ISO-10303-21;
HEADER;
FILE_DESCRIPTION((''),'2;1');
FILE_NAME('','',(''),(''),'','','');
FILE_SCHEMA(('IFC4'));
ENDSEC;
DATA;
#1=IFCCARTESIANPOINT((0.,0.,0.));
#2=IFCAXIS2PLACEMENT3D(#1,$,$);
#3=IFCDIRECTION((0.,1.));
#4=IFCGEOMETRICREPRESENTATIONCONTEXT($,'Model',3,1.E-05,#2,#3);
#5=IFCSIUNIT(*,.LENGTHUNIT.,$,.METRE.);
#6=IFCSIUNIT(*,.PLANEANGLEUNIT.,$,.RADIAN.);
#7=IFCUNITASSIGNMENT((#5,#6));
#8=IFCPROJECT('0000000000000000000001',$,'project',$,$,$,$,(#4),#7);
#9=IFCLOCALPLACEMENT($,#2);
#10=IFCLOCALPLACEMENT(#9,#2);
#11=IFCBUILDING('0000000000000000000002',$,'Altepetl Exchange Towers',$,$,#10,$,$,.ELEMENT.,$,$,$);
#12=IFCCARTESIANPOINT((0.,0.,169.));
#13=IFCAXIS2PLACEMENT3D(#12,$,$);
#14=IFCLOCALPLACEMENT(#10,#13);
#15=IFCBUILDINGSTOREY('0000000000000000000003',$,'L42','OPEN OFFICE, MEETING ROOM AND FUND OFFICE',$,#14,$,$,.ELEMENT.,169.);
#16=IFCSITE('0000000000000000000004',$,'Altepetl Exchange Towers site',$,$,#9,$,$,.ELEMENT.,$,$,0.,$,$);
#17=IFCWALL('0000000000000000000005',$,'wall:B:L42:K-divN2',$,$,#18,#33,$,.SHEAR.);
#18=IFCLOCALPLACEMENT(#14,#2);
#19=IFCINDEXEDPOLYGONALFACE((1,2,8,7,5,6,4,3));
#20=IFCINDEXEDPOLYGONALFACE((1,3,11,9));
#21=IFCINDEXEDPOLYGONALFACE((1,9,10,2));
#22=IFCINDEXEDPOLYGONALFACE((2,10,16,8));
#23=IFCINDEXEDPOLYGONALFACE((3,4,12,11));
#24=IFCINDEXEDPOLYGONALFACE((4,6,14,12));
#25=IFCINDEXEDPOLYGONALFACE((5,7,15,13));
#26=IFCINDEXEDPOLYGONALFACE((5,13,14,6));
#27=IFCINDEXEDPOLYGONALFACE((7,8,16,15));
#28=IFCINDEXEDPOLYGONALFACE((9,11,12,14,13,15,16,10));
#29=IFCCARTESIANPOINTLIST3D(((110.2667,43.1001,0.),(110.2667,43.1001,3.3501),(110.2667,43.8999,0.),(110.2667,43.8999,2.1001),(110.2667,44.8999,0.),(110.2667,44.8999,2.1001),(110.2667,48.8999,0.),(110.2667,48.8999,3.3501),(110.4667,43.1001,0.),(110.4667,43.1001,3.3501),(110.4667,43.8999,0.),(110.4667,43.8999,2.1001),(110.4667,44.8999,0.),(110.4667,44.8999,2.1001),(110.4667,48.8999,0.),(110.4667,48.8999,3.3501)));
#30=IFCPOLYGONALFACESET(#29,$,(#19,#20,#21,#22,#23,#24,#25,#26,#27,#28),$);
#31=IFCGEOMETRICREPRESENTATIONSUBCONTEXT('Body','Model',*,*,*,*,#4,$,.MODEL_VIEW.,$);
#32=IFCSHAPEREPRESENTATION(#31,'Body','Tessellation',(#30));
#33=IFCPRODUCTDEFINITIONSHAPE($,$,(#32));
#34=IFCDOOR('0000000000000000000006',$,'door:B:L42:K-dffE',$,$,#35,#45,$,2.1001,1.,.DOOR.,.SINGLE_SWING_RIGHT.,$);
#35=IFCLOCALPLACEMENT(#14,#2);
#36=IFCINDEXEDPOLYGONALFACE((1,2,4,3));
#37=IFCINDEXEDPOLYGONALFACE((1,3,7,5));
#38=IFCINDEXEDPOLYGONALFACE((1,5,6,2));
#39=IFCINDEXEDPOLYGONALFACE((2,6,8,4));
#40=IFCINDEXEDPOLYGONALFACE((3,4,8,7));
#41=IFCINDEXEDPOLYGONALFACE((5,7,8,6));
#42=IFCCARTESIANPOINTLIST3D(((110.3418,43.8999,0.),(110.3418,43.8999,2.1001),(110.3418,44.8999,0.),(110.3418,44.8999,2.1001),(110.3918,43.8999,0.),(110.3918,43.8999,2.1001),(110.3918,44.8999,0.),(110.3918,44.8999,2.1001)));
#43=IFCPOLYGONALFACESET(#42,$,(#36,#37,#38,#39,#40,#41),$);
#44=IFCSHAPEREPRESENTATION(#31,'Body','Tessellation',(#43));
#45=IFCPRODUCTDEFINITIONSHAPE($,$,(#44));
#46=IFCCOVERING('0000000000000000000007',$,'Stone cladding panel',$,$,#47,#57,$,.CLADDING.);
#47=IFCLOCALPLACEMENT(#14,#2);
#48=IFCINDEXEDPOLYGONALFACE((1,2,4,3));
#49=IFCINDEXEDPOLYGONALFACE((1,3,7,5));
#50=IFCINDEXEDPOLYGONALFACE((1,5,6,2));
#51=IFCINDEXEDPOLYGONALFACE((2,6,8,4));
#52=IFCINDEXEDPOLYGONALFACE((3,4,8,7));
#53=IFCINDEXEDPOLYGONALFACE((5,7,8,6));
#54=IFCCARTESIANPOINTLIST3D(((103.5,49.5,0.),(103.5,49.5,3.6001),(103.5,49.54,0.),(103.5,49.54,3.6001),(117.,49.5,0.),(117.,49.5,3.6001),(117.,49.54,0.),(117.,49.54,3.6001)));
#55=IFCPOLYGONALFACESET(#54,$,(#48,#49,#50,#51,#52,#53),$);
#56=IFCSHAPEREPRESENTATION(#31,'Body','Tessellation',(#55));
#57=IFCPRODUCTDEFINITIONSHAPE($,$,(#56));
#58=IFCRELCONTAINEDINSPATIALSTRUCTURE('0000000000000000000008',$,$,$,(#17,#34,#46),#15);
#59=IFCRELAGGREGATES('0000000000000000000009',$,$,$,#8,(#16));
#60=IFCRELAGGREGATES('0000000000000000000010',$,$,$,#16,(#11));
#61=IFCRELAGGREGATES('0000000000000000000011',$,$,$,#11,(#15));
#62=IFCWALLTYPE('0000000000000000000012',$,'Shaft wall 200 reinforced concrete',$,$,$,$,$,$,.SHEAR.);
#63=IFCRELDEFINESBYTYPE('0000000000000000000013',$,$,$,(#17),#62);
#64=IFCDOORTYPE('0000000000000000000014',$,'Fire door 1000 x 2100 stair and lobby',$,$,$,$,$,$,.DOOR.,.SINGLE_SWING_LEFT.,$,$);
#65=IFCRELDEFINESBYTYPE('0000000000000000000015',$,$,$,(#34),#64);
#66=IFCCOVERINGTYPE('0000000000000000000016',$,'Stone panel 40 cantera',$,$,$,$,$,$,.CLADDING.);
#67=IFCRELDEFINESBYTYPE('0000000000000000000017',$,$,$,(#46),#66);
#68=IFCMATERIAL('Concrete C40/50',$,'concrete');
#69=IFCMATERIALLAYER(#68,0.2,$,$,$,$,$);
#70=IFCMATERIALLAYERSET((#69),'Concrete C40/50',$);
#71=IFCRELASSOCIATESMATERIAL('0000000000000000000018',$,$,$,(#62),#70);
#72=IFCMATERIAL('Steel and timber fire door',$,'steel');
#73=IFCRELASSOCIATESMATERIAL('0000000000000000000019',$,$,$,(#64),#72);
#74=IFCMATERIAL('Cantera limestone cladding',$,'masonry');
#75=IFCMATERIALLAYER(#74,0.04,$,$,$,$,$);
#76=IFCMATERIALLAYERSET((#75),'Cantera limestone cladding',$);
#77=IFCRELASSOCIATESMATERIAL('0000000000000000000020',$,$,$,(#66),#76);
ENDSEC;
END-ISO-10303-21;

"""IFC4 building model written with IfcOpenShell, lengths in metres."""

from ifc_helpers import new_model, si_unit, direction, frame, frame_2d, origin, origin_2d, place, context, subcontext, project, spatial, rectangle, extrude, material, layer, layer_set, type_object, element, fill, save


model = new_model("IFC4")

# Units and contexts
model_context = context("Model", 3, precision=1e-05, world=origin(), true_north=direction((0.0, 1.0)))
body_context = subcontext(model_context, "Body", "Model", "MODEL_VIEW")
ifc_project = project(units=[si_unit("LENGTHUNIT", "METRE"), si_unit("PLANEANGLEUNIT", "RADIAN")], contexts=[model_context])

# Site, building, storey
site_placement = place(None, origin())
site = spatial("IfcSite", under=ifc_project, at=site_placement, Name="Altepetl Exchange Towers site", CompositionType="ELEMENT", RefElevation=0.0)
building_placement = place(site_placement, origin())
building = spatial("IfcBuilding", under=site, at=building_placement, Name="Altepetl Exchange Towers", CompositionType="ELEMENT")
storey_placement = place(building_placement, frame((0.0, 0.0, 169.0)))
storey = spatial("IfcBuildingStorey", under=building, at=storey_placement, Name="L42", Description="OPEN OFFICE, MEETING ROOM AND FUND OFFICE", CompositionType="ELEMENT", Elevation=169.0)

# Shared definitions
ifc_material_1 = material(Name="Concrete C40/50", Category="concrete")
ifc_layer_1 = layer(ifc_material_1, 0.2)
ifc_layer_set_1 = layer_set([ifc_layer_1], Name="Concrete C40/50")
wall_type_1 = type_object("IfcWallType", Name="Shaft wall 200 reinforced concrete", PredefinedType="SHEAR", material=ifc_layer_set_1)

# Wall, opening, door
wall_1_placement = place(storey_placement, frame((110.3667, 48.8999, 0.0), z_axis=(0.0, 0.0, 1.0), x_axis=(0.0, -1.0, 0.0)))
wall_1 = element("IfcWall", 1, at=wall_1_placement, inside=storey, type_object=wall_type_1, Name="wall:B:L42:K-divN2", PredefinedType="SHEAR", context=body_context, shape_type="SweptSolid", body=[
    extrude(rectangle(XDim=5.7998, YDim=0.2, at=frame_2d((2.8999, 0.0))), origin(), (0.0, 0.0, 1.0), 3.3501),
])
opening_placement = place(wall_1_placement, frame((4.0, 0.0, 0.0)))
opening = element("IfcOpeningElement", 2, at=opening_placement, cuts=wall_1, PredefinedType="OPENING", context=body_context, shape_type="SweptSolid", body=[
    extrude(rectangle(XDim=1.0, YDim=2.1001, at=frame_2d((0.5, 1.05))), frame((0.0, 0.1099, 0.0), z_axis=(0.0, -1.0, 0.0), x_axis=(1.0, 0.0, 0.0)), (0.0, 0.0, 1.0), 0.22),
])
ifc_material_2 = material(Name="Steel and timber fire door", Category="steel")
door_type = type_object("IfcDoorType", Name="Fire door 1000 x 2100 stair and lobby", OperationType="SINGLE_SWING_LEFT", PredefinedType="DOOR", material=ifc_material_2)
door_placement = place(opening_placement, frame((1.0, 0.0, 0.0), x_axis=(-1.0, 0.0, 0.0)))
door = element("IfcDoor", 3, at=door_placement, inside=storey, type_object=door_type, Name="door:B:L42:K-dffE", OperationType="SINGLE_SWING_RIGHT", OverallHeight=2.1001, OverallWidth=1.0, PredefinedType="DOOR", context=body_context, shape_type="SweptSolid", body=[
    extrude(rectangle(XDim=1.0, YDim=2.1001, at=frame_2d((0.5, 1.05))), frame((0.0, 0.0249, 0.0), z_axis=(0.0, -1.0, 0.0), x_axis=(1.0, 0.0, 0.0)), (0.0, 0.0, 1.0), 0.05),
])
fill(opening, door)

# Covering
ifc_material_3 = material(Name="Cantera limestone cladding", Category="masonry")
ifc_layer_2 = layer(ifc_material_3, 0.04)
ifc_layer_set_2 = layer_set([ifc_layer_2], Name="Cantera limestone cladding")
covering_type = type_object("IfcCoveringType", Name="Stone panel 40 cantera", PredefinedType="CLADDING", material=ifc_layer_set_2)
covering_placement = place(storey_placement, frame((110.25, 49.52, 0.0), z_axis=(0.0, 0.0, 1.0), x_axis=(-1.0, 0.0, 0.0)))
element("IfcCovering", 4, at=covering_placement, inside=storey, type_object=covering_type, Name="Stone cladding panel", PredefinedType="CLADDING", context=body_context, shape_type="SweptSolid", body=[
    extrude(rectangle(XDim=13.5, YDim=0.04, at=origin_2d()), origin(), (0.0, 0.0, 1.0), 3.6001),
])

save(model, "model.ifc")
